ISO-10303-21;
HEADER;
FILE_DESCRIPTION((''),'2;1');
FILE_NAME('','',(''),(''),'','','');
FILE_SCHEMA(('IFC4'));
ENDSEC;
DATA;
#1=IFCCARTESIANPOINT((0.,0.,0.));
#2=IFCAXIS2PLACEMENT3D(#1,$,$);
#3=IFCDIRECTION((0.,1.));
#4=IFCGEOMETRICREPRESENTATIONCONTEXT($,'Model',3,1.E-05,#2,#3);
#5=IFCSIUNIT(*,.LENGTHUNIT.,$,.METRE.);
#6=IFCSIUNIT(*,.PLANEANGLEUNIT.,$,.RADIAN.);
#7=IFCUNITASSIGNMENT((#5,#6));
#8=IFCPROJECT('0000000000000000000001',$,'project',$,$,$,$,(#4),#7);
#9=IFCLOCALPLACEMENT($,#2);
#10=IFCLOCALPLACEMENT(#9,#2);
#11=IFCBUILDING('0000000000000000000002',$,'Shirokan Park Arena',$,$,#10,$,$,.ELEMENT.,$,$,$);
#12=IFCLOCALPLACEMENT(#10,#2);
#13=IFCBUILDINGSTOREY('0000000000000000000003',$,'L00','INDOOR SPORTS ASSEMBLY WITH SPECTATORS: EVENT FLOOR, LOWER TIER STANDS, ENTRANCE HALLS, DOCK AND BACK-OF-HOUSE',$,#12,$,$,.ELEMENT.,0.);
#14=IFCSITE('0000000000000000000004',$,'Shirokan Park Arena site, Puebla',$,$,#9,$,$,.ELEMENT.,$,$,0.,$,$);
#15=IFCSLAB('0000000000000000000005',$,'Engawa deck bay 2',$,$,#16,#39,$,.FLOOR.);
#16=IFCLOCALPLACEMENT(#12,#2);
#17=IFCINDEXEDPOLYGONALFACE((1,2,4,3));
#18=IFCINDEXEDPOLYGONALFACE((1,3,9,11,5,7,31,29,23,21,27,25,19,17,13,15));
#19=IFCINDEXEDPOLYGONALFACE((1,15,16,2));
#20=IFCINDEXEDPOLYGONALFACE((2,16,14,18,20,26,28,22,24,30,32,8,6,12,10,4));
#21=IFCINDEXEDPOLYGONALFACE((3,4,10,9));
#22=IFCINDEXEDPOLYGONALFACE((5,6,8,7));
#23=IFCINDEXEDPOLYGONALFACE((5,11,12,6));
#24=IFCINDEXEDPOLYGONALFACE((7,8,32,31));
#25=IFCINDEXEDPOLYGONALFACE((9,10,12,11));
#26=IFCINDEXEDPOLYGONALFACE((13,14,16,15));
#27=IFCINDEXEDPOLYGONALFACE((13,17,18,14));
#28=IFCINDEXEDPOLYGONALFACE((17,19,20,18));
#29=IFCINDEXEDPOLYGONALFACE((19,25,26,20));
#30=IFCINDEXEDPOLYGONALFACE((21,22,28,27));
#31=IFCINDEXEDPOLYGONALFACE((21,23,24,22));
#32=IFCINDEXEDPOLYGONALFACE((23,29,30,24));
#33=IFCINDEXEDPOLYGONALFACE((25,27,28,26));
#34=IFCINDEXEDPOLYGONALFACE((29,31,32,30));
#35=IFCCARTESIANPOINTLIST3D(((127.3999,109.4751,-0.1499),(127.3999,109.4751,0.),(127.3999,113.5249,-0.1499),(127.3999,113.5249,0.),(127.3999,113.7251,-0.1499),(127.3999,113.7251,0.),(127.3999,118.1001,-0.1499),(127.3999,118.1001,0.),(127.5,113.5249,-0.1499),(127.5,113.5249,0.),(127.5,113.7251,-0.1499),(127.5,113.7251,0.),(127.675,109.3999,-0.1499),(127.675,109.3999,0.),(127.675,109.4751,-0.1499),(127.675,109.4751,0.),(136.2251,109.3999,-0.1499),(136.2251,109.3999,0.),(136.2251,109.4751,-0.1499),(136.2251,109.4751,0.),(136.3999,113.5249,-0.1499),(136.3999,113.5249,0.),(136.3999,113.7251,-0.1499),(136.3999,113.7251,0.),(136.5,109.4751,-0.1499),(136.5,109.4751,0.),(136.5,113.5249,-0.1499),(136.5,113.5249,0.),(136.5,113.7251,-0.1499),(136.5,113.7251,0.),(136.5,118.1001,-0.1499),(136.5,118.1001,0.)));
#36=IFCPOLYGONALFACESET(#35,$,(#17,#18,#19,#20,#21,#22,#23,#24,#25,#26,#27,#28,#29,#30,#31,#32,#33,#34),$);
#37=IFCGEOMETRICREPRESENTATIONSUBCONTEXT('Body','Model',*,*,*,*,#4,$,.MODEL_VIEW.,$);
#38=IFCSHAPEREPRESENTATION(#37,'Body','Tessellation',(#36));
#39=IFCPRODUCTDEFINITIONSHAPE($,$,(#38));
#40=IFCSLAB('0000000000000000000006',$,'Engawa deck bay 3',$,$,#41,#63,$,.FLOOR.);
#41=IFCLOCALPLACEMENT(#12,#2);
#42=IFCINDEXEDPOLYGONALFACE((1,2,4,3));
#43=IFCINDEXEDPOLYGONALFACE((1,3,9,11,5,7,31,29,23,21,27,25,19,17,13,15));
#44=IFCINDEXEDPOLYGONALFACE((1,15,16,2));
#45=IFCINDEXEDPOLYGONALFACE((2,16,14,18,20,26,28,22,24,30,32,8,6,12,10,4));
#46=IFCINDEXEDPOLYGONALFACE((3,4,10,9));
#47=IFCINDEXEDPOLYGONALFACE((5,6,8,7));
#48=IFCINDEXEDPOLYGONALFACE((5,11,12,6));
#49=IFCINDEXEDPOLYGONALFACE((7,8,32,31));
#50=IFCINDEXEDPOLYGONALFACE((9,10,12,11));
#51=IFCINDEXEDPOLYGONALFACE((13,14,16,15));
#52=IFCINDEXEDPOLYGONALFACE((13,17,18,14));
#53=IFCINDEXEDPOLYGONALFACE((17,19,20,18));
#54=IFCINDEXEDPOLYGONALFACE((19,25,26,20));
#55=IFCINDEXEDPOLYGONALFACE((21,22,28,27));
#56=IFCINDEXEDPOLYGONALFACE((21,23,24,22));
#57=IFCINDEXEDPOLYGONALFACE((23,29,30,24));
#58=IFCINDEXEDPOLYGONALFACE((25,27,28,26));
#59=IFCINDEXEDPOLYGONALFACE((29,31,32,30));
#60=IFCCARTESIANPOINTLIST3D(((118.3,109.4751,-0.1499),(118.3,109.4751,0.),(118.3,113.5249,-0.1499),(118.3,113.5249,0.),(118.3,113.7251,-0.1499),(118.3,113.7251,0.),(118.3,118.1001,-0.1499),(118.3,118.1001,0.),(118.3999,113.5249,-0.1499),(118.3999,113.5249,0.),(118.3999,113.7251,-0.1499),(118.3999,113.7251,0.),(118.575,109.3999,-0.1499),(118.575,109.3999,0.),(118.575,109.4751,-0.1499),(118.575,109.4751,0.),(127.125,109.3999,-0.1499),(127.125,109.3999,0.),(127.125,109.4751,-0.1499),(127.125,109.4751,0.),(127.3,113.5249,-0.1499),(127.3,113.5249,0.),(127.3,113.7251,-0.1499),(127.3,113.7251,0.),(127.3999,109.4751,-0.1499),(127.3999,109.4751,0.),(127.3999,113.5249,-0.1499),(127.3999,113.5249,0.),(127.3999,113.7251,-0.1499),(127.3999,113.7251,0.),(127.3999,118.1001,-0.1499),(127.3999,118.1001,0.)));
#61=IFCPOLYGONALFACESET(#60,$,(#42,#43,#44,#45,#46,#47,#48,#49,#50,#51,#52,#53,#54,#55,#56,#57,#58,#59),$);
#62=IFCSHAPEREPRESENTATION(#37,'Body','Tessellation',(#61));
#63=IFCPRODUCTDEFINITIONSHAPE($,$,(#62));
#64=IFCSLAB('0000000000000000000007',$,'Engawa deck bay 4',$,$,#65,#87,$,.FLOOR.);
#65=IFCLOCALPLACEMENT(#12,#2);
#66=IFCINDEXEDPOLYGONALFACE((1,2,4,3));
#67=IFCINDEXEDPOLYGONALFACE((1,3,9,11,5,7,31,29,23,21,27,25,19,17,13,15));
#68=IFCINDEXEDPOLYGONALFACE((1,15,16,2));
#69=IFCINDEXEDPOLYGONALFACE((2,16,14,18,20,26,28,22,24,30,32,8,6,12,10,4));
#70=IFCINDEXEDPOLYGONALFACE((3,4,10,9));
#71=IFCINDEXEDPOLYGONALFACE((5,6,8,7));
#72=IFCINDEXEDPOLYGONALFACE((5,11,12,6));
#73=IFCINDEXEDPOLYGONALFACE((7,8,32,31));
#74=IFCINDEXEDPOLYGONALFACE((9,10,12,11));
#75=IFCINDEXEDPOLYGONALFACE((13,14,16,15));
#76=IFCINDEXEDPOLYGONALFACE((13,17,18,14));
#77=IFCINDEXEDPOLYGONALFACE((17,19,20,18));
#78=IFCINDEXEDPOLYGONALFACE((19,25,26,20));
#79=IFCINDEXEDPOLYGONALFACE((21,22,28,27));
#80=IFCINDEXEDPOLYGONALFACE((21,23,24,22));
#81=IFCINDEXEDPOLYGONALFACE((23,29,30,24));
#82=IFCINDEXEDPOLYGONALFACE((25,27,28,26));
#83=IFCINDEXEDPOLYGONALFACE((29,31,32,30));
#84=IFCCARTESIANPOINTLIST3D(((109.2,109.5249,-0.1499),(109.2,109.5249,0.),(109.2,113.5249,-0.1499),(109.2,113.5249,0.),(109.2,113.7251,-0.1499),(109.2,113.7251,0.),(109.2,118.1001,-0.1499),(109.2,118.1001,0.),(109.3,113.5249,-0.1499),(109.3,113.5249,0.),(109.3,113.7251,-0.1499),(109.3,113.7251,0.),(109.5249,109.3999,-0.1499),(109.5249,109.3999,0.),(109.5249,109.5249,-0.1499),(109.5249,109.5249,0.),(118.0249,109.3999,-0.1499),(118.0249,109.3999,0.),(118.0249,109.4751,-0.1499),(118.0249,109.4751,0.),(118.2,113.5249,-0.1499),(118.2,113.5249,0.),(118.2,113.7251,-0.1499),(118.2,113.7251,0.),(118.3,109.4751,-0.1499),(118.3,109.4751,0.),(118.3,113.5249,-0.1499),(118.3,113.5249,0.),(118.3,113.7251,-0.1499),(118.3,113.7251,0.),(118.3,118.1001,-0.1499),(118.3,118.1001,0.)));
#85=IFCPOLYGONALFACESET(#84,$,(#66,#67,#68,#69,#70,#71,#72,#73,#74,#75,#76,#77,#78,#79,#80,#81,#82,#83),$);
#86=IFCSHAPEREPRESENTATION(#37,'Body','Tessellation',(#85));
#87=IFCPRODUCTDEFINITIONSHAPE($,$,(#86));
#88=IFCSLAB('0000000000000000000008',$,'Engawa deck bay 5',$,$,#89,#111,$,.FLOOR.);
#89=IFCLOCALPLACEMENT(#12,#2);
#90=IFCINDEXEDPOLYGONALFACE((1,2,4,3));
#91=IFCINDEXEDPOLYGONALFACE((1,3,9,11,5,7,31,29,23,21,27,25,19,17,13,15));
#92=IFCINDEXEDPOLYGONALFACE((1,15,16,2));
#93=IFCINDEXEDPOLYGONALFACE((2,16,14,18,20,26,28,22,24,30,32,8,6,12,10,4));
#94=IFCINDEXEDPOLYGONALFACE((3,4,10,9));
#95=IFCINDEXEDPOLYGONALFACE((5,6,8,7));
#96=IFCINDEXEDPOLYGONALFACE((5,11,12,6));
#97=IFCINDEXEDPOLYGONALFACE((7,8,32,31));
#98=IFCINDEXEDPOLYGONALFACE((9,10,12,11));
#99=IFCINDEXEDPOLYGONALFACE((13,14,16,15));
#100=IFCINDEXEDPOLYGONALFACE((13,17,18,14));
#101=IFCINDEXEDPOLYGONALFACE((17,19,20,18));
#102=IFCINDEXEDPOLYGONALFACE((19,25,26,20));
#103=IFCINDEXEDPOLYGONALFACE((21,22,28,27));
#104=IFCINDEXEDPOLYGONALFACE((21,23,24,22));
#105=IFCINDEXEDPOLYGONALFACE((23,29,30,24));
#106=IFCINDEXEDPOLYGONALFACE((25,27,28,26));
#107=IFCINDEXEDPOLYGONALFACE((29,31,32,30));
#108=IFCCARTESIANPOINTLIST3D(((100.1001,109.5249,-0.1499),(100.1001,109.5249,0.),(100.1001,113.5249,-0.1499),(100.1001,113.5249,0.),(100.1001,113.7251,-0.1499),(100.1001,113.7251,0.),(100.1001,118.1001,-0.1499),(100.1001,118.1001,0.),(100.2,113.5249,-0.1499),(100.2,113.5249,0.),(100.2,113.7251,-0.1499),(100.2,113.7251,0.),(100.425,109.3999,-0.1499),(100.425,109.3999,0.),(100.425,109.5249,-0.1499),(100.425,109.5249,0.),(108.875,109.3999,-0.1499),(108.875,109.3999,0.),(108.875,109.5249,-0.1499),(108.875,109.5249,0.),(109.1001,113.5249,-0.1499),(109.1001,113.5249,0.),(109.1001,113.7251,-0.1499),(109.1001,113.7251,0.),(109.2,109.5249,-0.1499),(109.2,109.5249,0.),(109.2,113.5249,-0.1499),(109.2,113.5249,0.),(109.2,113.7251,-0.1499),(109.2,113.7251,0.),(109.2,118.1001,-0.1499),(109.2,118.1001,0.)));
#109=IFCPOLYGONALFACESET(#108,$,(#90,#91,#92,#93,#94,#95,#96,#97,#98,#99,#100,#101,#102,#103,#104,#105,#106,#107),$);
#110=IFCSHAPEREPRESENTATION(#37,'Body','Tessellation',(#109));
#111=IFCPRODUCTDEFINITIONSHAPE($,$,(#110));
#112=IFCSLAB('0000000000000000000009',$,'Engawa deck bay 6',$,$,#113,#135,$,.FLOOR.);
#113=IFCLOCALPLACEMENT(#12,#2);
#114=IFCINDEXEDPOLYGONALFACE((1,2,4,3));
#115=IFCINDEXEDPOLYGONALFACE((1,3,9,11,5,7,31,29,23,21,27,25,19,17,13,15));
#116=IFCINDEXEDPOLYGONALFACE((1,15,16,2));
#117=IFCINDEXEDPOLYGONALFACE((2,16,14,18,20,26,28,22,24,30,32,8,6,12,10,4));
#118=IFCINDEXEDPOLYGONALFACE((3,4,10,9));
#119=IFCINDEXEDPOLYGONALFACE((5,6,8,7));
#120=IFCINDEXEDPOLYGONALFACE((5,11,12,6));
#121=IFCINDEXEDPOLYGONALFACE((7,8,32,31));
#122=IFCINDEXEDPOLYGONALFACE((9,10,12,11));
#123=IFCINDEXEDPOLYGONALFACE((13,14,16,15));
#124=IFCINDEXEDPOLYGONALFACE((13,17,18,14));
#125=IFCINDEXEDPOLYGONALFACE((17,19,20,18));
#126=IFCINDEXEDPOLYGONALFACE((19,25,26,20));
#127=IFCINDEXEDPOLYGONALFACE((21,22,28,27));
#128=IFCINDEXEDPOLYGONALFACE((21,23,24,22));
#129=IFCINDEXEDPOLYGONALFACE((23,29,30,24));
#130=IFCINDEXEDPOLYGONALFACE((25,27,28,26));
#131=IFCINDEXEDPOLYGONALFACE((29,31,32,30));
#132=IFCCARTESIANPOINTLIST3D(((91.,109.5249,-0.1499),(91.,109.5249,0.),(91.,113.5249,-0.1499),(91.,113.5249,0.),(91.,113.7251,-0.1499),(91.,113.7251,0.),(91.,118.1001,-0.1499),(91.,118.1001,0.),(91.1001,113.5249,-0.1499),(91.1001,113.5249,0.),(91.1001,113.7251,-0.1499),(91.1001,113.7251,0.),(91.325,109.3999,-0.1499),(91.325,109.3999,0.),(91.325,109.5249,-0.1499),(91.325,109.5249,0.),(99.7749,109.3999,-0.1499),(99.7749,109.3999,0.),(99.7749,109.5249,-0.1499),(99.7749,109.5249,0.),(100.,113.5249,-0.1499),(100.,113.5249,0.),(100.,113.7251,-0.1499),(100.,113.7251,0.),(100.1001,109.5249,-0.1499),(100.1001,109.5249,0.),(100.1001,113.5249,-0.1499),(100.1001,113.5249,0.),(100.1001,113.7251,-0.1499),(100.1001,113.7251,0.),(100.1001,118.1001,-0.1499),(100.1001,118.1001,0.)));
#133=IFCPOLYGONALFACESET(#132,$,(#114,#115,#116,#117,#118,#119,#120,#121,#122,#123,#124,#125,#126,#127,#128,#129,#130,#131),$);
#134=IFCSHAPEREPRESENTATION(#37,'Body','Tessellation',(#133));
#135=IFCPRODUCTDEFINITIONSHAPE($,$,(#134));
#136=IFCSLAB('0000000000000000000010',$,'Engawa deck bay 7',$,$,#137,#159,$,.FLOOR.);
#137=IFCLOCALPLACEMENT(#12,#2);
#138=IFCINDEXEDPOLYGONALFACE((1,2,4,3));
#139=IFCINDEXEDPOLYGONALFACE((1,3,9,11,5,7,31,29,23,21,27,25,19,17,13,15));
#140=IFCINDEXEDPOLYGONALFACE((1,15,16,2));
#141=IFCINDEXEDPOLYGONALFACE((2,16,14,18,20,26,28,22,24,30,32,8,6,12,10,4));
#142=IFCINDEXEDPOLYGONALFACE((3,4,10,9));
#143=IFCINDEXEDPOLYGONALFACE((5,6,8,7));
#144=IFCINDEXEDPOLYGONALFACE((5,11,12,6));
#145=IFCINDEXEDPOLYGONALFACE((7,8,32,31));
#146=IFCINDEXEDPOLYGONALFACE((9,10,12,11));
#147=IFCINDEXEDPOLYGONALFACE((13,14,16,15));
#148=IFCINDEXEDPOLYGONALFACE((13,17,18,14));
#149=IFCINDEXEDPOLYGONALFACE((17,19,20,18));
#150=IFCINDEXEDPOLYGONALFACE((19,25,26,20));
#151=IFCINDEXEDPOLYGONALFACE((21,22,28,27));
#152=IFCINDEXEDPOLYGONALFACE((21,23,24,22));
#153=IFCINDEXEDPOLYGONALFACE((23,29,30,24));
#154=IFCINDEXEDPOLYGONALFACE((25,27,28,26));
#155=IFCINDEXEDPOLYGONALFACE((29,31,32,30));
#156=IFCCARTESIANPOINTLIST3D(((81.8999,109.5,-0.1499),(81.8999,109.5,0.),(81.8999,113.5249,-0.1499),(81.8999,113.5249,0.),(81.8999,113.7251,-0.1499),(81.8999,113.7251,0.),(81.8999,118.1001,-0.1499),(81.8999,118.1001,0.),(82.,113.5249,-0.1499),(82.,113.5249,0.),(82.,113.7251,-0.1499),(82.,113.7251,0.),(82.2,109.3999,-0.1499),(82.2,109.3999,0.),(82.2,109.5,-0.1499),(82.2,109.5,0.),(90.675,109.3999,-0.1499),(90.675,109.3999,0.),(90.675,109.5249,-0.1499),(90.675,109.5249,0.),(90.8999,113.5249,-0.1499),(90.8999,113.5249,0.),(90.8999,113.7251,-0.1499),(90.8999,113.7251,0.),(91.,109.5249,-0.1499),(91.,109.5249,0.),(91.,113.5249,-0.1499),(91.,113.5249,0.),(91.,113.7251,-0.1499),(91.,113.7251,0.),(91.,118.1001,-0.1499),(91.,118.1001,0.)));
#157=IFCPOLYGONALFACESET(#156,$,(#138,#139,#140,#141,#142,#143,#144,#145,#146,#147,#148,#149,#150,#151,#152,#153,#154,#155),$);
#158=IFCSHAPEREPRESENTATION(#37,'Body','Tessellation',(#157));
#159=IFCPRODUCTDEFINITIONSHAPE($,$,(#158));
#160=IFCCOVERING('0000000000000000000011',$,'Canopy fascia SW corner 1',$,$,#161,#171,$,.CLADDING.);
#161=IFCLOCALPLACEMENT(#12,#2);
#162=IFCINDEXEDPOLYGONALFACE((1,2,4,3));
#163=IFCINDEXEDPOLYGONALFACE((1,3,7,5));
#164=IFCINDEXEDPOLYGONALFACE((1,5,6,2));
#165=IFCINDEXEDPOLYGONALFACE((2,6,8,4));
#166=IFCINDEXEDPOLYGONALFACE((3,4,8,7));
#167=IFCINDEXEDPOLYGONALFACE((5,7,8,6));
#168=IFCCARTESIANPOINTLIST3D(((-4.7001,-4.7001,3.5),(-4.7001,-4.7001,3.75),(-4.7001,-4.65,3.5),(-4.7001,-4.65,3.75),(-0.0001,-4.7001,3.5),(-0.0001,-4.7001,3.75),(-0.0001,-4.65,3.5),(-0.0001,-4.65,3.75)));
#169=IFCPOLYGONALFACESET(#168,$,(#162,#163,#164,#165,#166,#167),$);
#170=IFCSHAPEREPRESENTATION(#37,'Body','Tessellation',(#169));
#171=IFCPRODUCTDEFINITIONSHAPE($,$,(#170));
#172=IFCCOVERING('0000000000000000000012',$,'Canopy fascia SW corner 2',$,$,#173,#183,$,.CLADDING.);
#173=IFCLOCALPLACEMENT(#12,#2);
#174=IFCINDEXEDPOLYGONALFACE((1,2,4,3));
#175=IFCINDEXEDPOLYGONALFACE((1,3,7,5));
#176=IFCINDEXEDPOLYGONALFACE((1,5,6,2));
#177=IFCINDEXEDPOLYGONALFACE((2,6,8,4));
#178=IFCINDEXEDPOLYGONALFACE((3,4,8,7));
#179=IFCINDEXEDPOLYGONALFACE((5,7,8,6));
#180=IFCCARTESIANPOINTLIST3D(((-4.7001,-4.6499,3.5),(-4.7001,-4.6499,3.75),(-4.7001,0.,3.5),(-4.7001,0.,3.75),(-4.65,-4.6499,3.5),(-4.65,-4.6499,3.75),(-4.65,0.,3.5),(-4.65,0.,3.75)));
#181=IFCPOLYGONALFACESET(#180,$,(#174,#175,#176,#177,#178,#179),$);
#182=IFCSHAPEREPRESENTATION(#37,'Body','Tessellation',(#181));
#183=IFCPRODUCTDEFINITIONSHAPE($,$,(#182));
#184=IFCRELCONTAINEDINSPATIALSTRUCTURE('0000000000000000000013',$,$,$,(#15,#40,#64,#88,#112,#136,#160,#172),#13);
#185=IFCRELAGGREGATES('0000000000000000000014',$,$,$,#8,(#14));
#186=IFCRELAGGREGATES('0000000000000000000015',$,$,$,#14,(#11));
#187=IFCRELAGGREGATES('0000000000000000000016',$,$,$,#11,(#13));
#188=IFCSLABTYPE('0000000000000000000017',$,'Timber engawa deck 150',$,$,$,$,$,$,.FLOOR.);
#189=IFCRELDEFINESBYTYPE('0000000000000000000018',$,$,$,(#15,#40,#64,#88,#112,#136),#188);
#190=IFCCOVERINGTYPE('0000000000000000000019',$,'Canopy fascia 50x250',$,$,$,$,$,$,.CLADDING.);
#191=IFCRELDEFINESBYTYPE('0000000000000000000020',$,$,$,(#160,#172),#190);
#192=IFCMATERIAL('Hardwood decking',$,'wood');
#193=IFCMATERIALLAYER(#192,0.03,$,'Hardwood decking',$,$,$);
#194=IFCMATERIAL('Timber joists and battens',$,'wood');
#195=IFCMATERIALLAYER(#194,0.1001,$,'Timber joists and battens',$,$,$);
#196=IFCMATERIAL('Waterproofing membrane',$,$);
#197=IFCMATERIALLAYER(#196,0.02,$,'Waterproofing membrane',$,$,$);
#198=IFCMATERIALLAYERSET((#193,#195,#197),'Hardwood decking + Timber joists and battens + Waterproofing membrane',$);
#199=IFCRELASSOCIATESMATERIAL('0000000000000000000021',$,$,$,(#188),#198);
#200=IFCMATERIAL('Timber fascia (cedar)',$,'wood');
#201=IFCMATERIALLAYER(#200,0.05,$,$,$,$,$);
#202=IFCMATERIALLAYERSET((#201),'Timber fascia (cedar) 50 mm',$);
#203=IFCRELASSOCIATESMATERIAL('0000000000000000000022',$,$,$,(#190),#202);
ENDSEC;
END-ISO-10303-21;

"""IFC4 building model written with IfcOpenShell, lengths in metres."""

from ifc_helpers import new_model, si_unit, direction, frame, origin, origin_2d, place, context, subcontext, project, spatial, polyline, rectangle, outline, extrude, material, layer, layer_set, type_object, element, save


model = new_model("IFC4")

# Units and contexts
model_context = context("Model", 3, precision=1e-05, world=origin(), true_north=direction((0.0, 1.0)))
body_context = subcontext(model_context, "Body", "Model", "MODEL_VIEW")
ifc_project = project(units=[si_unit("LENGTHUNIT", "METRE"), si_unit("PLANEANGLEUNIT", "RADIAN")], contexts=[model_context])

# Site, building, storey
site_placement = place(None, origin())
site = spatial("IfcSite", under=ifc_project, at=site_placement, Name="Shirokan Park Arena site, Puebla", CompositionType="ELEMENT", RefElevation=0.0)
building_placement = place(site_placement, origin())
building = spatial("IfcBuilding", under=site, at=building_placement, Name="Shirokan Park Arena", CompositionType="ELEMENT")
storey_placement = place(building_placement, origin())
storey = spatial("IfcBuildingStorey", under=building, at=storey_placement, Name="L00", Description="INDOOR SPORTS ASSEMBLY WITH SPECTATORS: EVENT FLOOR, LOWER TIER STANDS, ENTRANCE HALLS, DOCK AND BACK-OF-HOUSE", CompositionType="ELEMENT", Elevation=0.0)

# Slabs
ifc_material_1 = material(Name="Hardwood decking", Category="wood")
ifc_layer_1 = layer(ifc_material_1, 0.03, Name="Hardwood decking")
ifc_material_2 = material(Name="Timber joists and battens", Category="wood")
ifc_layer_2 = layer(ifc_material_2, 0.1001, Name="Timber joists and battens")
ifc_material_3 = material(Name="Waterproofing membrane")
ifc_layer_3 = layer(ifc_material_3, 0.02, Name="Waterproofing membrane")
ifc_layer_set_1 = layer_set([ifc_layer_1, ifc_layer_2, ifc_layer_3], Name="Hardwood decking + Timber joists and battens + Waterproofing membrane")
slab_type_1 = type_object("IfcSlabType", Name="Timber engawa deck 150", PredefinedType="FLOOR", material=ifc_layer_set_1)
slab_1_placement = place(storey_placement, frame((0.0, 0.0, -0.1499)))
element("IfcSlab", 1, at=slab_1_placement, inside=storey, type_object=slab_type_1, Name="Engawa deck bay 2", PredefinedType="FLOOR", context=body_context, shape_type="SweptSolid", body=[
    extrude(outline(polyline([(127.675, 109.4751), (127.3999, 109.4751), (127.3999, 113.5249), (127.5, 113.5249), (127.5, 113.7251), (127.3999, 113.7251), (127.3999, 118.1001), (136.5, 118.1001), (136.5, 113.7251), (136.3999, 113.7251), (136.3999, 113.5249), (136.5, 113.5249), (136.5, 109.4751), (136.2251, 109.4751), (136.2251, 109.3999), (127.675, 109.3999), (127.675, 109.4751)])), origin(), (0.0, 0.0, 1.0), 0.1499),
])
slab_2_placement = place(storey_placement, frame((0.0, 0.0, -0.1499)))
element("IfcSlab", 2, at=slab_2_placement, inside=storey, type_object=slab_type_1, Name="Engawa deck bay 3", PredefinedType="FLOOR", context=body_context, shape_type="SweptSolid", body=[
    extrude(outline(polyline([(118.575, 109.4751), (118.3, 109.4751), (118.3, 113.5249), (118.3999, 113.5249), (118.3999, 113.7251), (118.3, 113.7251), (118.3, 118.1001), (127.3999, 118.1001), (127.3999, 113.7251), (127.3, 113.7251), (127.3, 113.5249), (127.3999, 113.5249), (127.3999, 109.4751), (127.125, 109.4751), (127.125, 109.3999), (118.575, 109.3999), (118.575, 109.4751)])), origin(), (0.0, 0.0, 1.0), 0.1499),
])
slab_3_placement = place(storey_placement, frame((0.0, 0.0, -0.1499)))
element("IfcSlab", 3, at=slab_3_placement, inside=storey, type_object=slab_type_1, Name="Engawa deck bay 4", PredefinedType="FLOOR", context=body_context, shape_type="SweptSolid", body=[
    extrude(outline(polyline([(109.5249, 109.5249), (109.2, 109.5249), (109.2, 113.5249), (109.3, 113.5249), (109.3, 113.7251), (109.2, 113.7251), (109.2, 118.1001), (118.3, 118.1001), (118.3, 113.7251), (118.2, 113.7251), (118.2, 113.5249), (118.3, 113.5249), (118.3, 109.4751), (118.0249, 109.4751), (118.0249, 109.3999), (109.5249, 109.3999), (109.5249, 109.5249)])), origin(), (0.0, 0.0, 1.0), 0.1499),
])
slab_4_placement = place(storey_placement, frame((0.0, 0.0, -0.1499)))
element("IfcSlab", 4, at=slab_4_placement, inside=storey, type_object=slab_type_1, Name="Engawa deck bay 5", PredefinedType="FLOOR", context=body_context, shape_type="SweptSolid", body=[
    extrude(outline(polyline([(100.425, 109.5249), (100.1001, 109.5249), (100.1001, 113.5249), (100.2, 113.5249), (100.2, 113.7251), (100.1001, 113.7251), (100.1001, 118.1001), (109.2, 118.1001), (109.2, 113.7251), (109.1001, 113.7251), (109.1001, 113.5249), (109.2, 113.5249), (109.2, 109.5249), (108.875, 109.5249), (108.875, 109.3999), (100.425, 109.3999), (100.425, 109.5249)])), origin(), (0.0, 0.0, 1.0), 0.1499),
])
slab_5_placement = place(storey_placement, frame((0.0, 0.0, -0.1499)))
element("IfcSlab", 5, at=slab_5_placement, inside=storey, type_object=slab_type_1, Name="Engawa deck bay 6", PredefinedType="FLOOR", context=body_context, shape_type="SweptSolid", body=[
    extrude(outline(polyline([(91.325, 109.5249), (91.0, 109.5249), (91.0, 113.5249), (91.1001, 113.5249), (91.1001, 113.7251), (91.0, 113.7251), (91.0, 118.1001), (100.1001, 118.1001), (100.1001, 113.7251), (100.0, 113.7251), (100.0, 113.5249), (100.1001, 113.5249), (100.1001, 109.5249), (99.7749, 109.5249), (99.7749, 109.3999), (91.325, 109.3999), (91.325, 109.5249)])), origin(), (0.0, 0.0, 1.0), 0.1499),
])
slab_6_placement = place(storey_placement, frame((0.0, 0.0, -0.1499)))
element("IfcSlab", 6, at=slab_6_placement, inside=storey, type_object=slab_type_1, Name="Engawa deck bay 7", PredefinedType="FLOOR", context=body_context, shape_type="SweptSolid", body=[
    extrude(outline(polyline([(82.2, 109.5), (81.8999, 109.5), (81.8999, 113.5249), (82.0, 113.5249), (82.0, 113.7251), (81.8999, 113.7251), (81.8999, 118.1001), (91.0, 118.1001), (91.0, 113.7251), (90.8999, 113.7251), (90.8999, 113.5249), (91.0, 113.5249), (91.0, 109.5249), (90.675, 109.5249), (90.675, 109.3999), (82.2, 109.3999), (82.2, 109.5)])), origin(), (0.0, 0.0, 1.0), 0.1499),
])

# Coverings
ifc_material_4 = material(Name="Timber fascia (cedar)", Category="wood")
ifc_layer_4 = layer(ifc_material_4, 0.05)
ifc_layer_set_2 = layer_set([ifc_layer_4], Name="Timber fascia (cedar) 50 mm")
covering_type = type_object("IfcCoveringType", Name="Canopy fascia 50x250", PredefinedType="CLADDING", material=ifc_layer_set_2)
covering_1_placement = place(storey_placement, frame((-2.3501, -4.675, 3.5), z_axis=(0.0, 0.0, 1.0), x_axis=(1.0, 0.0, 0.0)))
element("IfcCovering", 7, at=covering_1_placement, inside=storey, type_object=covering_type, Name="Canopy fascia SW corner 1", PredefinedType="CLADDING", context=body_context, shape_type="SweptSolid", body=[
    extrude(rectangle(XDim=4.7, YDim=0.05, at=origin_2d()), origin(), (0.0, 0.0, 1.0), 0.25),
])
covering_2_placement = place(storey_placement, frame((-4.675, -2.325, 3.5), z_axis=(0.0, 0.0, 1.0), x_axis=(1.0, 0.0, 0.0)))
element("IfcCovering", 8, at=covering_2_placement, inside=storey, type_object=covering_type, Name="Canopy fascia SW corner 2", PredefinedType="CLADDING", context=body_context, shape_type="SweptSolid", body=[
    extrude(rectangle(XDim=0.05, YDim=4.6499, at=origin_2d()), origin(), (0.0, 0.0, 1.0), 0.25),
])

save(model, "model.ifc")
